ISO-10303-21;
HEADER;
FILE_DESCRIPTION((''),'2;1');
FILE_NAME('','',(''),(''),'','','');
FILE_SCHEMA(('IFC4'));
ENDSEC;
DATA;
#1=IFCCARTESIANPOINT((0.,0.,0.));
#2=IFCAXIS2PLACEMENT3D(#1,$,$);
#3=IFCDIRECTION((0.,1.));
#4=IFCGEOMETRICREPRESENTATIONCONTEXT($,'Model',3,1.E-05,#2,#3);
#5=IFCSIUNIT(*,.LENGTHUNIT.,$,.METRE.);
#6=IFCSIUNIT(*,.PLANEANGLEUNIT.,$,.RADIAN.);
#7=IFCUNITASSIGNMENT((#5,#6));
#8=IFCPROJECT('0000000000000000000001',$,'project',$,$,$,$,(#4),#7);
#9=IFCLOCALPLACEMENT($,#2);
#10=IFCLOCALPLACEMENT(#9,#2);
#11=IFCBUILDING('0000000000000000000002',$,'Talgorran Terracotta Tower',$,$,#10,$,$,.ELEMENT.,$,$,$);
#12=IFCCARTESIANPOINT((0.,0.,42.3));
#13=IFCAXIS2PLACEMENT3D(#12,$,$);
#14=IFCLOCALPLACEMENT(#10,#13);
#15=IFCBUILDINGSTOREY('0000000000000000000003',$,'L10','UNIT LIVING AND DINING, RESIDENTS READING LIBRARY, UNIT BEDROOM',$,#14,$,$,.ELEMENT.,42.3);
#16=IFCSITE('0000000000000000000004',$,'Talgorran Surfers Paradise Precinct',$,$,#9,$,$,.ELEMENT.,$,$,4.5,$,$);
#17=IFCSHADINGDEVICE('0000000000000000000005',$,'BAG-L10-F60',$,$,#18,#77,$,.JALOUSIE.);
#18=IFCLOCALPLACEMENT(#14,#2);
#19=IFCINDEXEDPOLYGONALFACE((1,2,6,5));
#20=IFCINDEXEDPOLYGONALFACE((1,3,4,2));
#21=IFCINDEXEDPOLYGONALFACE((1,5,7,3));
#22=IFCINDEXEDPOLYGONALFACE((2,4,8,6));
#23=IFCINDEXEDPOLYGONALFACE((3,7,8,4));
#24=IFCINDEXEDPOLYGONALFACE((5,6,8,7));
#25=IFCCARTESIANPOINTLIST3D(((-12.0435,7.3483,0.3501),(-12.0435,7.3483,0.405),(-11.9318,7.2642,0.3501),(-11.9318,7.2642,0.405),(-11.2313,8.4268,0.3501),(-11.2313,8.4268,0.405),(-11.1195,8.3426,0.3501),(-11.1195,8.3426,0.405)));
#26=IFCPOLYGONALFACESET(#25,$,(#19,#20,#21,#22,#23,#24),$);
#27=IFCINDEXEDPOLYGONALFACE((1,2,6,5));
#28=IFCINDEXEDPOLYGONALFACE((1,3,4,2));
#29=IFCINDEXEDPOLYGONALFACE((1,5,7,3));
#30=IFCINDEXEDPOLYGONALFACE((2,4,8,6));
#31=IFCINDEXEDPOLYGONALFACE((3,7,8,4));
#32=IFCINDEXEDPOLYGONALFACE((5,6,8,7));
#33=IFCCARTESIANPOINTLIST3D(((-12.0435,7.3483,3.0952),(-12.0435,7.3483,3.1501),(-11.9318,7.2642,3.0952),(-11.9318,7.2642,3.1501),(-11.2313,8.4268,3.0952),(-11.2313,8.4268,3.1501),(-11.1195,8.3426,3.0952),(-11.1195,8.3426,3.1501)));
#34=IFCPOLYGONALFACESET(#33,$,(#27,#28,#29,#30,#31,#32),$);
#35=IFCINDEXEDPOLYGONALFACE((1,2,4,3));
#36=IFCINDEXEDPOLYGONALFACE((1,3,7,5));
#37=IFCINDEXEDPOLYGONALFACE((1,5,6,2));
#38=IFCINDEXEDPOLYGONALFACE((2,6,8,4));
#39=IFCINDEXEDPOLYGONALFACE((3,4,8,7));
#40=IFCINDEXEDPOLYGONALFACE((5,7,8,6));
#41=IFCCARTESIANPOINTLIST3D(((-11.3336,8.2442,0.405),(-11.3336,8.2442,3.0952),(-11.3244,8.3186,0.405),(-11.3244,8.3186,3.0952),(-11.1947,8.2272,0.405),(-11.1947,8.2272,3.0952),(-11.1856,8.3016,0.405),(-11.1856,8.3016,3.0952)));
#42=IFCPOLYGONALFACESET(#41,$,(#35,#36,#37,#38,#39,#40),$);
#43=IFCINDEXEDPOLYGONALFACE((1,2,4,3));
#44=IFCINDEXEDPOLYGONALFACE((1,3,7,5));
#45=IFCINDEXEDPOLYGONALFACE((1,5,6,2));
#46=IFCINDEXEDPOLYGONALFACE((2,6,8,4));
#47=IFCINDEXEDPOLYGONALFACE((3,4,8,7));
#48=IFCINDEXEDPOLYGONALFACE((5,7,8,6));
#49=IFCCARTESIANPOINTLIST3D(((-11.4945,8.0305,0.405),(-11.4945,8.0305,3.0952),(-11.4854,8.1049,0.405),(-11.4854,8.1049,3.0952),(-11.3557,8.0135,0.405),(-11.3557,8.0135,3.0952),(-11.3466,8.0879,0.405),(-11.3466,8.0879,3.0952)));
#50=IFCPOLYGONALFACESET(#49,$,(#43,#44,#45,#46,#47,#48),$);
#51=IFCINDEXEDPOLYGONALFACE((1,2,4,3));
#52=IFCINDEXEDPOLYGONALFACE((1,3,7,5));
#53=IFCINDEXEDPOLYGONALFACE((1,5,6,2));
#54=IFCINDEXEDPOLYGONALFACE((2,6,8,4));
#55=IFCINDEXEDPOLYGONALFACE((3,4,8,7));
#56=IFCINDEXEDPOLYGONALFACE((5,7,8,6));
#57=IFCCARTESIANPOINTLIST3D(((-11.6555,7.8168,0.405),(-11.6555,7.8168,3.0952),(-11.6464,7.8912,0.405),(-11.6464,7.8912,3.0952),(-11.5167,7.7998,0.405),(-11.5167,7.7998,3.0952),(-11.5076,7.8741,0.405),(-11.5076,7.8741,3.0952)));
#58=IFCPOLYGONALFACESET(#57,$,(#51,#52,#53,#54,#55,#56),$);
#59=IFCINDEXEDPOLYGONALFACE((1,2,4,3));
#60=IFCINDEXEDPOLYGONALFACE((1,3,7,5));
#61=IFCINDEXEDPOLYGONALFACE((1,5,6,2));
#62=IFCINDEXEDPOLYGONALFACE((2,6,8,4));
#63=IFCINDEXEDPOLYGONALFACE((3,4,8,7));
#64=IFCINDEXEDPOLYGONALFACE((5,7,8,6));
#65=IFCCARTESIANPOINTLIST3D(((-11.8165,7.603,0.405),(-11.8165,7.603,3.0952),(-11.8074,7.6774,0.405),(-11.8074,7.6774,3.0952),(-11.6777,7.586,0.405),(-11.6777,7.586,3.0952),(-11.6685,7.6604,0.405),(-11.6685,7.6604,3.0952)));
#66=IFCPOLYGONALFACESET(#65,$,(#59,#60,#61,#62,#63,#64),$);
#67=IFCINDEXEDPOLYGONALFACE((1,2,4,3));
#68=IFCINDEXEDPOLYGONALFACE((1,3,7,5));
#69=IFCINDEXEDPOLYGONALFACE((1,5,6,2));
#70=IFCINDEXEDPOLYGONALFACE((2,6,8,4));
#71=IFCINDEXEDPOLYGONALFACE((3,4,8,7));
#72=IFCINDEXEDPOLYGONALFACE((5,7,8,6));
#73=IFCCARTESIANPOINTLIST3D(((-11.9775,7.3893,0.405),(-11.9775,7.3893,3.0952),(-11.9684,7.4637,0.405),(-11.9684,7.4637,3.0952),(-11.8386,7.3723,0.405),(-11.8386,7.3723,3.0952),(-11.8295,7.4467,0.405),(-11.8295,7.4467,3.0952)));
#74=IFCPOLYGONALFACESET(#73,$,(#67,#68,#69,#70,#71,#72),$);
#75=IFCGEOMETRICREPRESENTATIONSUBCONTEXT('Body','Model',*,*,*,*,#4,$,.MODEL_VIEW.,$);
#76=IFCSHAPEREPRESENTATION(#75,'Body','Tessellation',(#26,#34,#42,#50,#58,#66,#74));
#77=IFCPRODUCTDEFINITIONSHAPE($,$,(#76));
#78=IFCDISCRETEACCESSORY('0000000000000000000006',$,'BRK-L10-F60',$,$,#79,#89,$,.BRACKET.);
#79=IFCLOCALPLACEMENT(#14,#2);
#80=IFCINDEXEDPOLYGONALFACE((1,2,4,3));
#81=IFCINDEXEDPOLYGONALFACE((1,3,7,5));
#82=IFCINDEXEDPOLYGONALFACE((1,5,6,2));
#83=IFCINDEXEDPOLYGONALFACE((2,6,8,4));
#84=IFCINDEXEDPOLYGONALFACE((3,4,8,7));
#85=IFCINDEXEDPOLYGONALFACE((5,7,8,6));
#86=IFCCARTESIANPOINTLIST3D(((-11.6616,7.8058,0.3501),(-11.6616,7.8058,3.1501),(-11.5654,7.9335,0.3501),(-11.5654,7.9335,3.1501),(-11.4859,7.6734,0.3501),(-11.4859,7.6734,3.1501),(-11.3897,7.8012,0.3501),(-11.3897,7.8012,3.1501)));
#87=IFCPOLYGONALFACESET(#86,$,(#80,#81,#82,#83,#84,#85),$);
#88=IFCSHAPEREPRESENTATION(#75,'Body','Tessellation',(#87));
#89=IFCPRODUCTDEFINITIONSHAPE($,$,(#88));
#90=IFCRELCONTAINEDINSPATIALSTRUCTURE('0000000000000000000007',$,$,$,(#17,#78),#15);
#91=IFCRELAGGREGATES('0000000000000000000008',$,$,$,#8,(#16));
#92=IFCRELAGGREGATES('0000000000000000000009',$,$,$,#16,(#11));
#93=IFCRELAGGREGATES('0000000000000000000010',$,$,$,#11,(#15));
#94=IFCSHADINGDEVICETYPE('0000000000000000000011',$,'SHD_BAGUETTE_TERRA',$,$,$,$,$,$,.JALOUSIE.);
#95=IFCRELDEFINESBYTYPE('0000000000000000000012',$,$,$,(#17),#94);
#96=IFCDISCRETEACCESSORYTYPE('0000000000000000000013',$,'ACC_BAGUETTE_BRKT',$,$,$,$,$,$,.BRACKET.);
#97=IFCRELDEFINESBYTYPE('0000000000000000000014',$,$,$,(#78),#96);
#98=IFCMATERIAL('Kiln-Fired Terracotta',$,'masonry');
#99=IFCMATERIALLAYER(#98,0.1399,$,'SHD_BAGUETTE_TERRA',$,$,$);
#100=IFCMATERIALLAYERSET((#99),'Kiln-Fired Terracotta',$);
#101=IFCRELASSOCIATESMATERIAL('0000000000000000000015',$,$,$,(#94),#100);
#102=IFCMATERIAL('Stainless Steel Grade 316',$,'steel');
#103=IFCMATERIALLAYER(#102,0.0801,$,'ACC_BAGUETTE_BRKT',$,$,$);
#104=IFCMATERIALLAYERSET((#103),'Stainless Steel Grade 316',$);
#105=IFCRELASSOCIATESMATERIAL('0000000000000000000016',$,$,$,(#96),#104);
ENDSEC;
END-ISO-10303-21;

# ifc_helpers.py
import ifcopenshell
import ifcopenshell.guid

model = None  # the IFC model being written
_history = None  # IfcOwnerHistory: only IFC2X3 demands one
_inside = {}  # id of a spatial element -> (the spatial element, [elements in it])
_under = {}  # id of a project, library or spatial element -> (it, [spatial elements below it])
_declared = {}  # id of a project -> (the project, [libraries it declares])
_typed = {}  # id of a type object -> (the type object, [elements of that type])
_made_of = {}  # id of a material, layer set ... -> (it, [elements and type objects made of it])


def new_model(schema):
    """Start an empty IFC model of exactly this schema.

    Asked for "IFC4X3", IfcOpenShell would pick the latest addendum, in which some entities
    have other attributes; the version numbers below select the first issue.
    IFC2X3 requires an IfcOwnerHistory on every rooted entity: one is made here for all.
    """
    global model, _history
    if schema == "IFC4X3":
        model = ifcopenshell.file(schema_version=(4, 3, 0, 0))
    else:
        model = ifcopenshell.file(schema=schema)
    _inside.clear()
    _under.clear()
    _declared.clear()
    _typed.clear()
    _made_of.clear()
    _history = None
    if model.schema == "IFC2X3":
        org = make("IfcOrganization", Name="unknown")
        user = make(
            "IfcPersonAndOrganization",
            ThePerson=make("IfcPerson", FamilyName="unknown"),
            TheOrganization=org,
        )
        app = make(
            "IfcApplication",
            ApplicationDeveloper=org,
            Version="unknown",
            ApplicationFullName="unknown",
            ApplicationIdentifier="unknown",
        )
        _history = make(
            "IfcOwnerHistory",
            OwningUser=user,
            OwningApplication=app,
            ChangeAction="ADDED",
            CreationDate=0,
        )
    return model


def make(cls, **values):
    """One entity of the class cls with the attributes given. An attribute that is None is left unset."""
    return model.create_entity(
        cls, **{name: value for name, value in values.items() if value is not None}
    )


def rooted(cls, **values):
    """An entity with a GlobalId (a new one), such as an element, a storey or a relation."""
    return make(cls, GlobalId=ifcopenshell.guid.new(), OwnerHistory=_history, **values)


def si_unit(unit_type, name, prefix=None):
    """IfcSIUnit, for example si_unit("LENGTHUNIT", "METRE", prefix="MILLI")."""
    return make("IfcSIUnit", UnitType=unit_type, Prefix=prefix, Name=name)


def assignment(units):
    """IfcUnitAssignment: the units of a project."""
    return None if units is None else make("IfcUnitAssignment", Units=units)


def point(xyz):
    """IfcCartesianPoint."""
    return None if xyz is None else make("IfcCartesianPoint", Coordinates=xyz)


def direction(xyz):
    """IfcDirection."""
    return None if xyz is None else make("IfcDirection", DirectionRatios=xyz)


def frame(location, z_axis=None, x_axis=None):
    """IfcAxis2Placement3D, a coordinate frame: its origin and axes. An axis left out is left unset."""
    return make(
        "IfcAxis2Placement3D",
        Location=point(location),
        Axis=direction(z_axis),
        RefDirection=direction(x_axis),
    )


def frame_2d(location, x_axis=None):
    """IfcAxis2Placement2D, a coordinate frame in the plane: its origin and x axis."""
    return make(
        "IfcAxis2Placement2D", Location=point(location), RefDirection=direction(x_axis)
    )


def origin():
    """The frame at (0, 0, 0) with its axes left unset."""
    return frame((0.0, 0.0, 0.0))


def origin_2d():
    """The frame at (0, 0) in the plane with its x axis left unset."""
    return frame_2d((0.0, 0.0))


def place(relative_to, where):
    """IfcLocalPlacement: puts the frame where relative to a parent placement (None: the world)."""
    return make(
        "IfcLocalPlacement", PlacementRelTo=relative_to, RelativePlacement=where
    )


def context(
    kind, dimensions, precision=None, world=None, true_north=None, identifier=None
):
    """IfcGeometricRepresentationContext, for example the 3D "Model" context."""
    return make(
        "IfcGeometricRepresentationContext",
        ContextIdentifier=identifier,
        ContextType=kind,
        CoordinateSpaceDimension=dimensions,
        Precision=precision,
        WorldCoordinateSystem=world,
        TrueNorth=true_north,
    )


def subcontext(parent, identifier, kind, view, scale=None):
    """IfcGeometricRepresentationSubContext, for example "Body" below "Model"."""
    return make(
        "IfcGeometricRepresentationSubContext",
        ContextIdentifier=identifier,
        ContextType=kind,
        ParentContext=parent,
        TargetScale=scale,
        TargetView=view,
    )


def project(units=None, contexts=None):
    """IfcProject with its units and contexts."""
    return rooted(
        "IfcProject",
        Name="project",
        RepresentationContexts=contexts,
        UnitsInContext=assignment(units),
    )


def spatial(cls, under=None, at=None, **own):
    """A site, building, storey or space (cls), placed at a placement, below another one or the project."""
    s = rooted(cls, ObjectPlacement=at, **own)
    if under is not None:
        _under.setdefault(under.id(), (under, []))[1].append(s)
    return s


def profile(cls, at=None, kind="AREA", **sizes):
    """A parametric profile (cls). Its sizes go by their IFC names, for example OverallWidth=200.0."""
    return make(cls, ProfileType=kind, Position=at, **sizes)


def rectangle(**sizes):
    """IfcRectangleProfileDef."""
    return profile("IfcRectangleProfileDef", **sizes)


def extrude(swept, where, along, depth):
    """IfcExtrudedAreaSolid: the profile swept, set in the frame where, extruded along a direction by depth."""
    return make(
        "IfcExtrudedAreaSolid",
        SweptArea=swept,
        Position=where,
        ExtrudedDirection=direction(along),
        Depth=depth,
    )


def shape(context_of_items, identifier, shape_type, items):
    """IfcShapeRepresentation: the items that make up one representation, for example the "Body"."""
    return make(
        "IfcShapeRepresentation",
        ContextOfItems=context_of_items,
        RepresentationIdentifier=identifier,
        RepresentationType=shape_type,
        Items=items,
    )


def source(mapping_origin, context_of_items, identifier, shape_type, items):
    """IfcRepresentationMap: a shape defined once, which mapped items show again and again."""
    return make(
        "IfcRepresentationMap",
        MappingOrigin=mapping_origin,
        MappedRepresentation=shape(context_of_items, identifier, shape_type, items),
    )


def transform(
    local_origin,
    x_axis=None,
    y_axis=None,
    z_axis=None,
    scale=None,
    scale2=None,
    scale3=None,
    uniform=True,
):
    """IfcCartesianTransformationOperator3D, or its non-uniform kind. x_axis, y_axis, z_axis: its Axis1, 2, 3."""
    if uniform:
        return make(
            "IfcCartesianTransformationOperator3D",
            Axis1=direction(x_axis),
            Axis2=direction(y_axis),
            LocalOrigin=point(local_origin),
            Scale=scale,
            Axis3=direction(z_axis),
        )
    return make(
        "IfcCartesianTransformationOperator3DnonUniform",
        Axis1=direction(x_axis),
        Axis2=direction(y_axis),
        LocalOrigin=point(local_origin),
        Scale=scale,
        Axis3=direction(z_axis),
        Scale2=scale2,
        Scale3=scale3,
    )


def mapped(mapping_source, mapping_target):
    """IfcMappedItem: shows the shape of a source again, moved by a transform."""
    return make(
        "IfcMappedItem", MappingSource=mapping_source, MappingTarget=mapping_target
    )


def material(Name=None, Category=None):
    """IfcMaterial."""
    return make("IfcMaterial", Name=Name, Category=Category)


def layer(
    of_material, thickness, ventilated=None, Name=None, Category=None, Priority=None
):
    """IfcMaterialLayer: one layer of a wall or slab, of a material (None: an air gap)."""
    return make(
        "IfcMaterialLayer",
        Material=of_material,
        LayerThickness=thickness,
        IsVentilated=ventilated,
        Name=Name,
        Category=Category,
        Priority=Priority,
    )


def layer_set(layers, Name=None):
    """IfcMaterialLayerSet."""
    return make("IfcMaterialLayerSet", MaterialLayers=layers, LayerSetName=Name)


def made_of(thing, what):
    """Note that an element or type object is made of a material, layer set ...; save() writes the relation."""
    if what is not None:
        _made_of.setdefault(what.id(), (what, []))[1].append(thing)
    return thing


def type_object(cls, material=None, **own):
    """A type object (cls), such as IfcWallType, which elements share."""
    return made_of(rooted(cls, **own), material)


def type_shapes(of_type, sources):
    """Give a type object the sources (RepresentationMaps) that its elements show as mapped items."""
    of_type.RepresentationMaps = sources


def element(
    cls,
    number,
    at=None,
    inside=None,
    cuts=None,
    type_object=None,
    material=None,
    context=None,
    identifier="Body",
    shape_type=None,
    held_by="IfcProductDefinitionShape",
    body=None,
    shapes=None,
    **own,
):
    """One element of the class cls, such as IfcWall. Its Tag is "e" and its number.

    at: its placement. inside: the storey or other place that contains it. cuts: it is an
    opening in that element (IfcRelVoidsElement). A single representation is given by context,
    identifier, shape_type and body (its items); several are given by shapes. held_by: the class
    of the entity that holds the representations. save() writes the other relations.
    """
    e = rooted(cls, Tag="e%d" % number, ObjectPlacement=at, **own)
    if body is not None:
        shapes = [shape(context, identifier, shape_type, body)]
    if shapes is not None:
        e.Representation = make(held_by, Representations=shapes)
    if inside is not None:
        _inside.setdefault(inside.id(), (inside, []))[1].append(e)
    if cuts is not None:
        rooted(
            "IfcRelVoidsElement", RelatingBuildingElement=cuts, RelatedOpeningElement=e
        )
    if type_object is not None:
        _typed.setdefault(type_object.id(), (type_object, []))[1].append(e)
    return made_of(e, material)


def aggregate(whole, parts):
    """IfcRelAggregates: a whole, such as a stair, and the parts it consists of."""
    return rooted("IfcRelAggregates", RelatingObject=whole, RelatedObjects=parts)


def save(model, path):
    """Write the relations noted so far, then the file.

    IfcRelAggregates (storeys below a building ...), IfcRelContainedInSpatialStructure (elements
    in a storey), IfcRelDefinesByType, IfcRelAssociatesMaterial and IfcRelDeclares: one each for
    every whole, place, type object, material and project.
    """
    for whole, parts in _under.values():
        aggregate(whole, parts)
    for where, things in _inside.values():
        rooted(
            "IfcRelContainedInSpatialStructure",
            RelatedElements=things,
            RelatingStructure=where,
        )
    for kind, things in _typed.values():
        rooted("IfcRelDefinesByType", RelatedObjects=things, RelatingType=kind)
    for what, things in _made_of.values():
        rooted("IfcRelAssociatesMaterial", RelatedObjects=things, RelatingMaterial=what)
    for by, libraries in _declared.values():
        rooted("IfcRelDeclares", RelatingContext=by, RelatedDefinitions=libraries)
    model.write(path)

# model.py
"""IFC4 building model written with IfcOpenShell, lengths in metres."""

from ifc_helpers import new_model, si_unit, direction, frame, origin, origin_2d, place, context, subcontext, project, spatial, rectangle, extrude, source, transform, mapped, material, layer, layer_set, type_object, type_shapes, element, save


model = new_model("IFC4")

# Units and contexts
model_context = context("Model", 3, precision=1e-05, world=origin(), true_north=direction((0.0, 1.0)))
body_context = subcontext(model_context, "Body", "Model", "MODEL_VIEW")
ifc_project = project(units=[si_unit("LENGTHUNIT", "METRE"), si_unit("PLANEANGLEUNIT", "RADIAN")], contexts=[model_context])

# Site, building, storey
site_placement = place(None, origin())
site = spatial("IfcSite", under=ifc_project, at=site_placement, Name="Talgorran Surfers Paradise Precinct", CompositionType="ELEMENT", RefElevation=4.5)
building_placement = place(site_placement, origin())
building = spatial("IfcBuilding", under=site, at=building_placement, Name="Talgorran Terracotta Tower", CompositionType="ELEMENT")
storey_placement = place(building_placement, frame((0.0, 0.0, 42.3)))
storey = spatial("IfcBuildingStorey", under=building, at=storey_placement, Name="L10", Description="UNIT LIVING AND DINING, RESIDENTS READING LIBRARY, UNIT BEDROOM", CompositionType="ELEMENT", Elevation=42.3)

# Shading device
ifc_material_1 = material(Name="Kiln-Fired Terracotta", Category="masonry")
ifc_layer_1 = layer(ifc_material_1, 0.1399, Name="SHD_BAGUETTE_TERRA")
ifc_layer_set_1 = layer_set([ifc_layer_1], Name="Kiln-Fired Terracotta")
shading_device_type = type_object("IfcShadingDeviceType", Name="SHD_BAGUETTE_TERRA", PredefinedType="JALOUSIE", material=ifc_layer_set_1)
shared_shape_1 = source(origin(), body_context, "Body", "SweptSolid", [
    extrude(rectangle(XDim=1.3501, YDim=0.1399, at=origin_2d()), origin(), (0.0, 0.0, 1.0), 0.0549),
    extrude(rectangle(XDim=1.3501, YDim=0.1399, at=origin_2d()), frame((0.0, 0.0, 2.7451)), (0.0, 0.0, 1.0), 0.0549),
    extrude(rectangle(XDim=0.075, YDim=0.1399, at=origin_2d()), frame((-0.5352, 0.0, 0.0549), z_axis=(0.0, 0.0, 1.0), x_axis=(0.866025, 0.5, 0.0)), (0.0, 0.0, 1.0), 2.6902),
    extrude(rectangle(XDim=0.075, YDim=0.1399, at=origin_2d()), frame((-0.2676, 0.0, 0.0549), z_axis=(0.0, 0.0, 1.0), x_axis=(0.866025, 0.5, 0.0)), (0.0, 0.0, 1.0), 2.6902),
    extrude(rectangle(XDim=0.075, YDim=0.1399, at=origin_2d()), frame((0.0, 0.0, 0.0549), z_axis=(0.0, 0.0, 1.0), x_axis=(0.866025, 0.5, 0.0)), (0.0, 0.0, 1.0), 2.6902),
    extrude(rectangle(XDim=0.075, YDim=0.1399, at=origin_2d()), frame((0.2676, 0.0, 0.0549), z_axis=(0.0, 0.0, 1.0), x_axis=(0.866025, 0.5, 0.0)), (0.0, 0.0, 1.0), 2.6902),
    extrude(rectangle(XDim=0.075, YDim=0.1399, at=origin_2d()), frame((0.5352, 0.0, 0.0549), z_axis=(0.0, 0.0, 1.0), x_axis=(0.866025, 0.5, 0.0)), (0.0, 0.0, 1.0), 2.6902),
])
type_shapes(shading_device_type, [shared_shape_1])
shading_device_placement = place(storey_placement, frame((-11.5815, 7.8455, 0.3501), z_axis=(0.0, 0.0, 1.0), x_axis=(-0.601634, -0.798772, 0.0)))
element("IfcShadingDevice", 1, at=shading_device_placement, inside=storey, type_object=shading_device_type, Name="BAG-L10-F60", PredefinedType="JALOUSIE", context=body_context, shape_type="MappedRepresentation", body=[
    mapped(shared_shape_1, transform((0.0, 0.0, 0.0), scale=1.0)),
])

# Discrete accessory
ifc_material_2 = material(Name="Stainless Steel Grade 316", Category="steel")
ifc_layer_2 = layer(ifc_material_2, 0.0801, Name="ACC_BAGUETTE_BRKT")
ifc_layer_set_2 = layer_set([ifc_layer_2], Name="Stainless Steel Grade 316")
discrete_accessory_type = type_object("IfcDiscreteAccessoryType", Name="ACC_BAGUETTE_BRKT", PredefinedType="BRACKET", material=ifc_layer_set_2)
shared_shape_2 = source(origin(), body_context, "Body", "SweptSolid", [
    extrude(rectangle(XDim=0.1599, YDim=0.22, at=origin_2d()), origin(), (0.0, 0.0, 1.0), 2.8),
])
type_shapes(discrete_accessory_type, [shared_shape_2])
discrete_accessory_placement = place(storey_placement, frame((-11.5256, 7.8035, 0.3501), z_axis=(0.0, 0.0, 1.0), x_axis=(-0.601634, -0.798772, 0.0)))
element("IfcDiscreteAccessory", 2, at=discrete_accessory_placement, inside=storey, type_object=discrete_accessory_type, Name="BRK-L10-F60", PredefinedType="BRACKET", context=body_context, shape_type="MappedRepresentation", body=[
    mapped(shared_shape_2, transform((0.0, 0.0, 0.0), scale=1.0)),
])

save(model, "model.ifc")
